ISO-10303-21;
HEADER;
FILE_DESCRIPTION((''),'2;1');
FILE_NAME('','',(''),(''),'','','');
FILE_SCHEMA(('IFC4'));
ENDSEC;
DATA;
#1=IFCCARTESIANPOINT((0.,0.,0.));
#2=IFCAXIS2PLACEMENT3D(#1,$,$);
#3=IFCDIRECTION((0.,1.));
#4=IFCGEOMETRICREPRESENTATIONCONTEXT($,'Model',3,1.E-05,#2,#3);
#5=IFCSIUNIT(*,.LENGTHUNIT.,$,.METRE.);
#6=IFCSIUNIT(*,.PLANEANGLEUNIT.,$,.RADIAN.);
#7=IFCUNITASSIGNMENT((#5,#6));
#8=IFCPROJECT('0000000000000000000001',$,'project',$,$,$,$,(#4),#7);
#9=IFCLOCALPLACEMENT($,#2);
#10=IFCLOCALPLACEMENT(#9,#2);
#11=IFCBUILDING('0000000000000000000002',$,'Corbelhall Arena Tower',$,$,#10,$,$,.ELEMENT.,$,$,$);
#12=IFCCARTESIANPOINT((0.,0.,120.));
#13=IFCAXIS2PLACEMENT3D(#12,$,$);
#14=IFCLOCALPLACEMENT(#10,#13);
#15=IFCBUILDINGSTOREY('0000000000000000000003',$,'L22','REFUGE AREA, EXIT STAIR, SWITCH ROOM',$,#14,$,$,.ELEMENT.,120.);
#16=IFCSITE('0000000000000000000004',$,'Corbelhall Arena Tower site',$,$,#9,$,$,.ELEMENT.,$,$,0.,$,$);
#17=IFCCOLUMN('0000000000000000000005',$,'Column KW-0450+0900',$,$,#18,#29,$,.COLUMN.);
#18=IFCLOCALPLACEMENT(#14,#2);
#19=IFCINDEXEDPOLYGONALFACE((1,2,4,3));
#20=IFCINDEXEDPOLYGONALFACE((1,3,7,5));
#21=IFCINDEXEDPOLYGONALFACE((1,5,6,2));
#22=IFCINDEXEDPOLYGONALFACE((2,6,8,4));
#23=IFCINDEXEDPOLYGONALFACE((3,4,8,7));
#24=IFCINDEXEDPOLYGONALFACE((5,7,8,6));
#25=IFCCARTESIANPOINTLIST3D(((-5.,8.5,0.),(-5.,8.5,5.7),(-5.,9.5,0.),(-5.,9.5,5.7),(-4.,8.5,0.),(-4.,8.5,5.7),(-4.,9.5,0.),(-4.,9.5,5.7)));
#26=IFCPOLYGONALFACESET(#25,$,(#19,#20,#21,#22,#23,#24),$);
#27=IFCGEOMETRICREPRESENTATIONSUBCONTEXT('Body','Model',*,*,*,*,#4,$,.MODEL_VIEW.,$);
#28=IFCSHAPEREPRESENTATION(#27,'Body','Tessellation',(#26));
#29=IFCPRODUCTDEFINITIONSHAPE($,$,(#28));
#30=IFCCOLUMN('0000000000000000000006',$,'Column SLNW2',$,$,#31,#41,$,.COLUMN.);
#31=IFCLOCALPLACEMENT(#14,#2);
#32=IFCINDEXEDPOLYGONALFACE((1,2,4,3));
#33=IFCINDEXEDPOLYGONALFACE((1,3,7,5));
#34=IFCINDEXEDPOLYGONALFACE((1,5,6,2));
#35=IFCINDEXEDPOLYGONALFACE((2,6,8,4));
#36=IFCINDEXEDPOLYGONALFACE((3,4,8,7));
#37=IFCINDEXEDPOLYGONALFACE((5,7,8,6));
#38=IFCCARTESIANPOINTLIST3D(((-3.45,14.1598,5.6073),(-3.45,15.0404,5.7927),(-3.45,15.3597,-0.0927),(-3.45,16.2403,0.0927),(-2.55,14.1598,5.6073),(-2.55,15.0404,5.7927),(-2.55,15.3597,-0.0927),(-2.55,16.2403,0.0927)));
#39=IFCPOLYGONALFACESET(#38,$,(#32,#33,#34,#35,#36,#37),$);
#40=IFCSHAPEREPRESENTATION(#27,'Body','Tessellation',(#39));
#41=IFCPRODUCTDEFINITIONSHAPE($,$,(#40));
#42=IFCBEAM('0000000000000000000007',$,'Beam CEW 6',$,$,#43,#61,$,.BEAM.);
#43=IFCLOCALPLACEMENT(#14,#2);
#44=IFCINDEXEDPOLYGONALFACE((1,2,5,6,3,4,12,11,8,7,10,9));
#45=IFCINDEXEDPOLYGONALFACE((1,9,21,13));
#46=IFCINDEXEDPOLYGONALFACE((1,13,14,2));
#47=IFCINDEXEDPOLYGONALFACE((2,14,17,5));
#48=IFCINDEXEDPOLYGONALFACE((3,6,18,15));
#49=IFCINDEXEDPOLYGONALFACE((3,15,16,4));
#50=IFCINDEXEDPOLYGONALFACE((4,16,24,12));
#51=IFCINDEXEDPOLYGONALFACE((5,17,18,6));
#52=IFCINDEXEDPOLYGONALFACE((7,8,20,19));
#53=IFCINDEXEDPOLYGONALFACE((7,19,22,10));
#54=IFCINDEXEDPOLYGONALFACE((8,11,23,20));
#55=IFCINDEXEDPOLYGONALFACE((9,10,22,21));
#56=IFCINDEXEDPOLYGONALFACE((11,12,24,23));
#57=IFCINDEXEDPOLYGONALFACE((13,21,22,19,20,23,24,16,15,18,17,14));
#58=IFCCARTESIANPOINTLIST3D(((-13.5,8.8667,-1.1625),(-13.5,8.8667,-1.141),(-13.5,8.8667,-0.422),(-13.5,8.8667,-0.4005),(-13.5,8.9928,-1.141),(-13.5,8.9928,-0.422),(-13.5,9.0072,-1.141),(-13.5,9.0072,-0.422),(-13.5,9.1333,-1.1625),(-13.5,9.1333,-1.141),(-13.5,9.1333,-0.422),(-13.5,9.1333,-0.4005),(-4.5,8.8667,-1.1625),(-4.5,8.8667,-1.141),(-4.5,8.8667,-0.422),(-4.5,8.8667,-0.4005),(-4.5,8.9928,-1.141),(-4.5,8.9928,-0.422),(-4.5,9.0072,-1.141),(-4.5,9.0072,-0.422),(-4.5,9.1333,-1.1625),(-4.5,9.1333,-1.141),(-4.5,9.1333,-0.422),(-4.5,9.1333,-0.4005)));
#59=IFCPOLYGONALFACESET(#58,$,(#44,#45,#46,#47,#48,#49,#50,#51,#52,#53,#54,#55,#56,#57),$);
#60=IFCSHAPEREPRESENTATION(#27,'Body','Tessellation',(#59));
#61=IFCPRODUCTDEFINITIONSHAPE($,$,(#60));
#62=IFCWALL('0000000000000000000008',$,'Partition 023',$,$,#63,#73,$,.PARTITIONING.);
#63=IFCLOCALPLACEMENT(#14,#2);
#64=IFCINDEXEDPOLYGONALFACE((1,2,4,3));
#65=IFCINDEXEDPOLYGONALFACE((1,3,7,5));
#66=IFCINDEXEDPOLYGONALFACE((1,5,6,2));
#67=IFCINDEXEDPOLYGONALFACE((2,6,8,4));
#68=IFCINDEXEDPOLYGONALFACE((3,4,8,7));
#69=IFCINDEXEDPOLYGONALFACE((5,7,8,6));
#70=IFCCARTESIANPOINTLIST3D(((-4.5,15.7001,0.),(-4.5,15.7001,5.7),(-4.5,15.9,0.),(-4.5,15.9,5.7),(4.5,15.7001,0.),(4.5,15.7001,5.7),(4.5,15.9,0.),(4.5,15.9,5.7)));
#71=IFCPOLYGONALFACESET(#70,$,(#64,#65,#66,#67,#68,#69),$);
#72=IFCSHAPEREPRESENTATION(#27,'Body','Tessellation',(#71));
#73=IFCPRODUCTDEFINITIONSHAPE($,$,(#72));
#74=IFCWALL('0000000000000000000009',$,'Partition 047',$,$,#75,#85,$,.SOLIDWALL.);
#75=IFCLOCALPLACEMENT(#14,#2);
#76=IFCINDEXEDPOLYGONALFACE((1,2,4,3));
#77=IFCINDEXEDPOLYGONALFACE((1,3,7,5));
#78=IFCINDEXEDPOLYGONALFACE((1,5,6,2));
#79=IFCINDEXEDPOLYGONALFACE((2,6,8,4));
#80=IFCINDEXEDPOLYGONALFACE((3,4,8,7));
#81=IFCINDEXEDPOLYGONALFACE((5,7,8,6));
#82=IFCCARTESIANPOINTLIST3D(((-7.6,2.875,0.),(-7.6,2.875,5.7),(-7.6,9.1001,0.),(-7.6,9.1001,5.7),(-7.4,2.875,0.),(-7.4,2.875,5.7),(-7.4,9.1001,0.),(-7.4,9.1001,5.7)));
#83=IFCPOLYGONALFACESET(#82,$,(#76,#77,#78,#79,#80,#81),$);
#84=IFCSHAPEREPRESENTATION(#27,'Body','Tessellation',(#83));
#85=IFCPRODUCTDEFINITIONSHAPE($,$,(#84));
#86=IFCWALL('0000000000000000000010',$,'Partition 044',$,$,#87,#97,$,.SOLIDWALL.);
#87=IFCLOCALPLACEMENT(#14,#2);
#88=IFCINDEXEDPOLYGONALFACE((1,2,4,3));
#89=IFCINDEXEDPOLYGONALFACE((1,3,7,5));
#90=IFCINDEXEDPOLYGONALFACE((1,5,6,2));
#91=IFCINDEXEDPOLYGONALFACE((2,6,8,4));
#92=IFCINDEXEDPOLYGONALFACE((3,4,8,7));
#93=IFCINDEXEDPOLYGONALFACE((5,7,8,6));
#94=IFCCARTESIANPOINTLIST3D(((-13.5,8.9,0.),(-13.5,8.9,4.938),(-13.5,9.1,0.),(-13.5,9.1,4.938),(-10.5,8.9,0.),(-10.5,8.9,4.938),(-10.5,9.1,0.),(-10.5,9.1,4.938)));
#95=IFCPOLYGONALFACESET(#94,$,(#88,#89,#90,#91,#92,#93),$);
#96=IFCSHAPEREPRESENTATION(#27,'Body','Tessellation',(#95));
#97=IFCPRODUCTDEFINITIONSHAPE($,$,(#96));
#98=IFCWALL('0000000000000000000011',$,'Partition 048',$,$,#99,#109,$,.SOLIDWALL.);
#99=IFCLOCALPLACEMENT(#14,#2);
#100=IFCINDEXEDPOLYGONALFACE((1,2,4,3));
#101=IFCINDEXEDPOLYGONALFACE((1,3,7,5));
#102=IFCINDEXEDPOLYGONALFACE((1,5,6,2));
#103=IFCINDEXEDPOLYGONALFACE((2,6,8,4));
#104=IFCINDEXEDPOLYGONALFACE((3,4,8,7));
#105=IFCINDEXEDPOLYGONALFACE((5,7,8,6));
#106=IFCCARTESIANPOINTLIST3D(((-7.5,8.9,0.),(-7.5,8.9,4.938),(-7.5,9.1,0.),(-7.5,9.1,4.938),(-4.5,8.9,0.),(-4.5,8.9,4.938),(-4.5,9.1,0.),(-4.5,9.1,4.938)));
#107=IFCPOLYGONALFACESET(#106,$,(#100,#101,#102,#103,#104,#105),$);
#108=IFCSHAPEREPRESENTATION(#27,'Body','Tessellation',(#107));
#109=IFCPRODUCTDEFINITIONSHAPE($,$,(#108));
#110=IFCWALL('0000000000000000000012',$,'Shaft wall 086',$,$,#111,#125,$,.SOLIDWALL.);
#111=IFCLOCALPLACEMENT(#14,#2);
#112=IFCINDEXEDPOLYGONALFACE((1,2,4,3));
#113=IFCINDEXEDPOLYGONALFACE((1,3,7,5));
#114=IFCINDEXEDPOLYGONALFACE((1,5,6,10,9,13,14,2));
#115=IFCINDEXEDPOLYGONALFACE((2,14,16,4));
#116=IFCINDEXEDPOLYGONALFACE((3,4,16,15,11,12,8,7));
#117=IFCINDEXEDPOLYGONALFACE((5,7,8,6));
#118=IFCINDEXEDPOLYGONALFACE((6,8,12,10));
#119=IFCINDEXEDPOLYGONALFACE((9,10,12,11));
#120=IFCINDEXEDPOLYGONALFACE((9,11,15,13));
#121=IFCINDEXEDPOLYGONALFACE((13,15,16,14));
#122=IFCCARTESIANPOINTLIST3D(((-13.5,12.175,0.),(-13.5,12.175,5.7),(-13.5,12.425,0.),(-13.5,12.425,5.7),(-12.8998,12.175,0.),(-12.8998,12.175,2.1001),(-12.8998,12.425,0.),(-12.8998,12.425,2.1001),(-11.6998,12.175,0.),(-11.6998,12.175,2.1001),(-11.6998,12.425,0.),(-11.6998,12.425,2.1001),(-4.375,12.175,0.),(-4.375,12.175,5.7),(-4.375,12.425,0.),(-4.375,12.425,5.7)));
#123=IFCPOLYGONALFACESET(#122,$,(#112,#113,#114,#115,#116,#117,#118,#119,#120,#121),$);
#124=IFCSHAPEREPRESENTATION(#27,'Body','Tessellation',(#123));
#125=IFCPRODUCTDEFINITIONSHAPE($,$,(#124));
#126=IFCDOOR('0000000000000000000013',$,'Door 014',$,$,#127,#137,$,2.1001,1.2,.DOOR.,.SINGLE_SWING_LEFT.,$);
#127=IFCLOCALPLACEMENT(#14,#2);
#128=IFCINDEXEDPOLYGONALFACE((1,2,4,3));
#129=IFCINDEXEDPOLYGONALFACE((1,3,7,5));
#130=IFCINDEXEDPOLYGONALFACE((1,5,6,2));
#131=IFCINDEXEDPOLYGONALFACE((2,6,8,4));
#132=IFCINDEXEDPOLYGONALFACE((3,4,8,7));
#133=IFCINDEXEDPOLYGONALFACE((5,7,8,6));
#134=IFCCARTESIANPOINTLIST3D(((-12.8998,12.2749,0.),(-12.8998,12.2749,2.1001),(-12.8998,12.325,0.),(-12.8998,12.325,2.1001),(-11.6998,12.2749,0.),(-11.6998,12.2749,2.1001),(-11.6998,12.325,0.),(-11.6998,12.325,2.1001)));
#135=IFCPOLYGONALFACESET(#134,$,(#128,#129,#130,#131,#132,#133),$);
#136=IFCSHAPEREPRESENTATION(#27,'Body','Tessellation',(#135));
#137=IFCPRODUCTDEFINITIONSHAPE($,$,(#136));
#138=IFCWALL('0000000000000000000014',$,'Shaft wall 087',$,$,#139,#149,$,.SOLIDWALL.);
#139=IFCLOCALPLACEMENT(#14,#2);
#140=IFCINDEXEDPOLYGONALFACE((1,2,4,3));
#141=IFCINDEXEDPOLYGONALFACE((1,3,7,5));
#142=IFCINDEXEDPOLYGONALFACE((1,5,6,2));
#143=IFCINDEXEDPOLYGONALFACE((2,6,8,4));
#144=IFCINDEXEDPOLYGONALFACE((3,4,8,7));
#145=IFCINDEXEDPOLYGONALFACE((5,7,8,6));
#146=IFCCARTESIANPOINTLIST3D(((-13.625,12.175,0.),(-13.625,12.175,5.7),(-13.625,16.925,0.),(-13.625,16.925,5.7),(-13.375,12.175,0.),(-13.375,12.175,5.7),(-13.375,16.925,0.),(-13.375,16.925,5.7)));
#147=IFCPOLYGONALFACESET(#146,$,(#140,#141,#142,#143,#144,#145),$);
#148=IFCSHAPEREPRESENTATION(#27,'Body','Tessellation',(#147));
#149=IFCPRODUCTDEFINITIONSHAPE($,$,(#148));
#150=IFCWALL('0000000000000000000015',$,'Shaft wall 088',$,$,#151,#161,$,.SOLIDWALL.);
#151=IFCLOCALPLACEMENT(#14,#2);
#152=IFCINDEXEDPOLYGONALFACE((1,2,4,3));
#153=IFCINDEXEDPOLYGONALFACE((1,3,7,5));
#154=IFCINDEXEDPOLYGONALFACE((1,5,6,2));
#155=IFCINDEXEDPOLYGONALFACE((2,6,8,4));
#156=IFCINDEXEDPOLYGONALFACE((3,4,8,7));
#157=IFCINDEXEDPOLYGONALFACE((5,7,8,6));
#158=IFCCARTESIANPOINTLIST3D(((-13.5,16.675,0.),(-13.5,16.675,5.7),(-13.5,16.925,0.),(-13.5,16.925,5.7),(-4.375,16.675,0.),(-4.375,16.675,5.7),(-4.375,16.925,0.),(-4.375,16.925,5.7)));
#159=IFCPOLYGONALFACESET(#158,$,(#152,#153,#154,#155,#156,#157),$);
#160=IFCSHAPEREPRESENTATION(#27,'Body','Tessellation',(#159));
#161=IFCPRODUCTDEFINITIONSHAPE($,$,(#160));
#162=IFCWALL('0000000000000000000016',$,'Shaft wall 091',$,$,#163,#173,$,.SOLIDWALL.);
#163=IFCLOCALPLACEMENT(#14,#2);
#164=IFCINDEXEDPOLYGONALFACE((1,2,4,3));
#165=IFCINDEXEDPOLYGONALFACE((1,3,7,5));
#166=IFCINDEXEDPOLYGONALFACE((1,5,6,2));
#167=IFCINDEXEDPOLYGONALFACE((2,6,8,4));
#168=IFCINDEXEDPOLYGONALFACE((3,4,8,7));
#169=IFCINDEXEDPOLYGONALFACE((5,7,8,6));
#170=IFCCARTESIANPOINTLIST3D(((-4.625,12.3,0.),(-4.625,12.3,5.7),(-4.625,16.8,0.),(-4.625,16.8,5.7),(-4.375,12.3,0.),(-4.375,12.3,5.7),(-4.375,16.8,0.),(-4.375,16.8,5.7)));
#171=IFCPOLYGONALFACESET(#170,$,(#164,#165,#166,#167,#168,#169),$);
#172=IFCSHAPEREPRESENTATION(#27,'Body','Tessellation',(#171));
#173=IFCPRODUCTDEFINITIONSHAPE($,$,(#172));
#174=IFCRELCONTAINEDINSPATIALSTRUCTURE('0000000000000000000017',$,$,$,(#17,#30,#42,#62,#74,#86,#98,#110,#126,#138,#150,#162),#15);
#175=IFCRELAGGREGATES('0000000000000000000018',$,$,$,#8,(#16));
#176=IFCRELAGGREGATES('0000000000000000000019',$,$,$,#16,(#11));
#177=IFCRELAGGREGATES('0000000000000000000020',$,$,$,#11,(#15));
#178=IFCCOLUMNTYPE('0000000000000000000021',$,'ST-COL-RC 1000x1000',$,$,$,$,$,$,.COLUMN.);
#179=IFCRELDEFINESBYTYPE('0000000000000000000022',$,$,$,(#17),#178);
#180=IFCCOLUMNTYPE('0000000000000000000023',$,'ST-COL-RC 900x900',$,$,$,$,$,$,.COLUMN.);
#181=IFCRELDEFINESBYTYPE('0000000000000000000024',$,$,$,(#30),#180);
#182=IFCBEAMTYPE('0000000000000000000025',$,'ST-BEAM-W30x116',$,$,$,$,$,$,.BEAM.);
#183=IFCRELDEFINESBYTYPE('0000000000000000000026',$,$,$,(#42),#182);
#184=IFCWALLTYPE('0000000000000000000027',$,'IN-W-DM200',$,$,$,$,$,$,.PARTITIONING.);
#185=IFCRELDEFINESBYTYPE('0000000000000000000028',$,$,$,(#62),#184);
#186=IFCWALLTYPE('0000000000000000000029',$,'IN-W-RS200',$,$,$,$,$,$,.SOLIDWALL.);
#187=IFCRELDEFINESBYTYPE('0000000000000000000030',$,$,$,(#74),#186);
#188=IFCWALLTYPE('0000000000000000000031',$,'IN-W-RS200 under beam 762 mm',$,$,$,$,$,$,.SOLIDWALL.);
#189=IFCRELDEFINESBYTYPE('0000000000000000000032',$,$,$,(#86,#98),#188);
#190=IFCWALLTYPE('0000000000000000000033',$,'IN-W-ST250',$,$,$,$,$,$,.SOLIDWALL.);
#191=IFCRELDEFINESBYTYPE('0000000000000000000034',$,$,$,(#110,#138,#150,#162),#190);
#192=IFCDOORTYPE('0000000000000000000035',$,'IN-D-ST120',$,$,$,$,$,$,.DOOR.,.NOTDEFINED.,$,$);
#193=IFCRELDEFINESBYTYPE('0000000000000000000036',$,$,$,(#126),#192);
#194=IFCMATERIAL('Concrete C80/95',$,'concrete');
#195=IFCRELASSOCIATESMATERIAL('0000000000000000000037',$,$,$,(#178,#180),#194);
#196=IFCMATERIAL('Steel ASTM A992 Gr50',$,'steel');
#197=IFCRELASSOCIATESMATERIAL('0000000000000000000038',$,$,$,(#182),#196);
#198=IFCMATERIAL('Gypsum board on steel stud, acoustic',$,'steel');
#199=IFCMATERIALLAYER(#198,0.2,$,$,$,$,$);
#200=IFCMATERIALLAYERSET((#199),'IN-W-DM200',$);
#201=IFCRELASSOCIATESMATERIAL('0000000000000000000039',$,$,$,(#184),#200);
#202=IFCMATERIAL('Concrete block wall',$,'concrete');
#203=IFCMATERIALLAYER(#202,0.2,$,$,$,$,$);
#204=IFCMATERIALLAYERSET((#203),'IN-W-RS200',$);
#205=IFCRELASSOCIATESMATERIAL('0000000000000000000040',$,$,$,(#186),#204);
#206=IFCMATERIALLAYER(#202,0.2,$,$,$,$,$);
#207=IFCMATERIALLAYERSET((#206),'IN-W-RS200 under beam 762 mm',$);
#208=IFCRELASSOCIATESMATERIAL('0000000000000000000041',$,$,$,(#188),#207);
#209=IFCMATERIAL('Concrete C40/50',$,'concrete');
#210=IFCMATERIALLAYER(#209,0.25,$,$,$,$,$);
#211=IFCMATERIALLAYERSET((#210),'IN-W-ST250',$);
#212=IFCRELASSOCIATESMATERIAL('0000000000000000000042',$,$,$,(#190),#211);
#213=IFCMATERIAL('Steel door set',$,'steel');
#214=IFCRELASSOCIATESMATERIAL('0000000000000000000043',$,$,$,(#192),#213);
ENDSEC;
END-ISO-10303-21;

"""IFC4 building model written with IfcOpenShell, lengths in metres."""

from ifc_helpers import new_model, si_unit, direction, frame, frame_2d, origin, origin_2d, place, context, subcontext, project, spatial, rectangle, i_section, extrude, material, layer, layer_set, material_profile, profile_set, type_object, element, fill, save


model = new_model("IFC4")

# Units and contexts
model_context = context("Model", 3, precision=1e-05, world=origin(), true_north=direction((0.0, 1.0)))
body_context = subcontext(model_context, "Body", "Model", "MODEL_VIEW")
ifc_project = project(units=[si_unit("LENGTHUNIT", "METRE"), si_unit("PLANEANGLEUNIT", "RADIAN")], contexts=[model_context])

# Site, building, storey
site_placement = place(None, origin())
site = spatial("IfcSite", under=ifc_project, at=site_placement, Name="Corbelhall Arena Tower site", CompositionType="ELEMENT", RefElevation=0.0)
building_placement = place(site_placement, origin())
building = spatial("IfcBuilding", under=site, at=building_placement, Name="Corbelhall Arena Tower", CompositionType="ELEMENT")
storey_placement = place(building_placement, frame((0.0, 0.0, 120.0)))
storey = spatial("IfcBuildingStorey", under=building, at=storey_placement, Name="L22", Description="REFUGE AREA, EXIT STAIR, SWITCH ROOM", CompositionType="ELEMENT", Elevation=120.0)

# Columns
ifc_material_1 = material(Name="Concrete C80/95", Category="concrete")
ifc_material_profile_1 = material_profile(ifc_material_1, rectangle(XDim=1.0, YDim=1.0, at=origin_2d()))
ifc_profile_set_1 = profile_set([ifc_material_profile_1], Name="Concrete C80/95")
column_type_1 = type_object("IfcColumnType", Name="ST-COL-RC 1000x1000", PredefinedType="COLUMN", material=ifc_profile_set_1)
column_1_placement = place(storey_placement, frame((-4.5, 9.0, 0.0), z_axis=(0.0, 0.0, 1.0), x_axis=(1.0, 0.0, 0.0)))
element("IfcColumn", 1, at=column_1_placement, inside=storey, type_object=column_type_1, Name="Column KW-0450+0900", PredefinedType="COLUMN", context=body_context, shape_type="SweptSolid", body=[
    extrude(rectangle(XDim=1.0, YDim=1.0, at=origin_2d()), origin(), (0.0, 0.0, 1.0), 5.7),
])
ifc_material_profile_2 = material_profile(ifc_material_1, rectangle(XDim=0.8999, YDim=0.8999, at=origin_2d()))
ifc_profile_set_2 = profile_set([ifc_material_profile_2], Name="Concrete C80/95")
column_type_2 = type_object("IfcColumnType", Name="ST-COL-RC 900x900", PredefinedType="COLUMN", material=ifc_profile_set_2)
column_2_placement = place(storey_placement, frame((-3.0, 15.8, 0.0), z_axis=(0.0, -0.206004, 0.978551), x_axis=(1.0, 0.0, 0.0)))
element("IfcColumn", 2, at=column_2_placement, inside=storey, type_object=column_type_2, Name="Column SLNW2", PredefinedType="COLUMN", context=body_context, shape_type="SweptSolid", body=[
    extrude(rectangle(XDim=0.8999, YDim=0.8999, at=origin_2d()), origin(), (0.0, 0.0, 1.0), 5.825),
])

# Beam
ifc_material_2 = material(Name="Steel ASTM A992 Gr50", Category="steel")
ifc_material_profile_3 = material_profile(ifc_material_2, i_section(OverallWidth=0.2666, OverallDepth=0.762, WebThickness=0.0144, FlangeThickness=0.0215, at=origin_2d()))
ifc_profile_set_3 = profile_set([ifc_material_profile_3], Name="Steel ASTM A992 Gr50")
beam_type = type_object("IfcBeamType", Name="ST-BEAM-W30x116", PredefinedType="BEAM", material=ifc_profile_set_3)
beam_placement = place(storey_placement, frame((-13.5, 9.0, -0.7815), z_axis=(1.0, 0.0, 0.0), x_axis=(0.0, 1.0, 0.0)))
element("IfcBeam", 3, at=beam_placement, inside=storey, type_object=beam_type, Name="Beam CEW 6", PredefinedType="BEAM", context=body_context, shape_type="SweptSolid", body=[
    extrude(i_section(OverallWidth=0.2666, OverallDepth=0.762, WebThickness=0.0144, FlangeThickness=0.0215, at=origin_2d()), origin(), (0.0, 0.0, 1.0), 9.0),
])

# Shared definitions
ifc_material_3 = material(Name="Gypsum board on steel stud, acoustic", Category="steel")
ifc_layer_1 = layer(ifc_material_3, 0.2)
ifc_layer_set_1 = layer_set([ifc_layer_1], Name="IN-W-DM200")
wall_type_1 = type_object("IfcWallType", Name="IN-W-DM200", PredefinedType="PARTITIONING", material=ifc_layer_set_1)
ifc_material_4 = material(Name="Steel door set", Category="steel")

# Wall
wall_1_placement = place(storey_placement, frame((-4.5, 15.8, 0.0), z_axis=(0.0, 0.0, 1.0), x_axis=(1.0, 0.0, 0.0)))
element("IfcWall", 4, at=wall_1_placement, inside=storey, type_object=wall_type_1, Name="Partition 023", PredefinedType="PARTITIONING", context=body_context, shape_type="SweptSolid", body=[
    extrude(rectangle(XDim=9.0, YDim=0.2, at=frame_2d((4.5, 0.0))), origin(), (0.0, 0.0, 1.0), 5.7),
])

# Shared definitions
ifc_material_5 = material(Name="Concrete block wall", Category="concrete")
ifc_layer_2 = layer(ifc_material_5, 0.2)
ifc_layer_set_2 = layer_set([ifc_layer_2], Name="IN-W-RS200")
wall_type_2 = type_object("IfcWallType", Name="IN-W-RS200", PredefinedType="SOLIDWALL", material=ifc_layer_set_2)

# Walls
wall_2_placement = place(storey_placement, frame((-7.5, 2.875, 0.0), z_axis=(0.0, 0.0, 1.0), x_axis=(0.0, 1.0, 0.0)))
element("IfcWall", 5, at=wall_2_placement, inside=storey, type_object=wall_type_2, Name="Partition 047", PredefinedType="SOLIDWALL", context=body_context, shape_type="SweptSolid", body=[
    extrude(rectangle(XDim=6.2251, YDim=0.2, at=frame_2d((3.1125, 0.0))), origin(), (0.0, 0.0, 1.0), 5.7),
])
ifc_layer_3 = layer(ifc_material_5, 0.2)
ifc_layer_set_3 = layer_set([ifc_layer_3], Name="IN-W-RS200 under beam 762 mm")
wall_type_3 = type_object("IfcWallType", Name="IN-W-RS200 under beam 762 mm", PredefinedType="SOLIDWALL", material=ifc_layer_set_3)
for number, where, z_axis, x_axis, name in (
    (6, (-13.5, 9.0, 0.0), (0.0, 0.0, 1.0), (1.0, 0.0, 0.0), "Partition 044"),
    (7, (-7.5, 9.0, 0.0), (0.0, 0.0, 1.0), (1.0, 0.0, 0.0), "Partition 048"),
):
    element("IfcWall", number, at=place(storey_placement, frame(where, z_axis=z_axis, x_axis=x_axis)), inside=storey, type_object=wall_type_3, Name=name, PredefinedType="SOLIDWALL", context=body_context, shape_type="SweptSolid", body=[
        extrude(rectangle(XDim=3.0, YDim=0.2, at=frame_2d((1.5, 0.0))), origin(), (0.0, 0.0, 1.0), 4.938),
    ])

# Wall, opening, door
ifc_material_6 = material(Name="Concrete C40/50", Category="concrete")
ifc_layer_4 = layer(ifc_material_6, 0.25)
ifc_layer_set_4 = layer_set([ifc_layer_4], Name="IN-W-ST250")
wall_type_4 = type_object("IfcWallType", Name="IN-W-ST250", PredefinedType="SOLIDWALL", material=ifc_layer_set_4)
wall_3_placement = place(storey_placement, frame((-13.5, 12.3, 0.0), z_axis=(0.0, 0.0, 1.0), x_axis=(1.0, 0.0, 0.0)))
wall_3 = element("IfcWall", 8, at=wall_3_placement, inside=storey, type_object=wall_type_4, Name="Shaft wall 086", PredefinedType="SOLIDWALL", context=body_context, shape_type="SweptSolid", body=[
    extrude(rectangle(XDim=9.125, YDim=0.25, at=frame_2d((4.5625, 0.0))), origin(), (0.0, 0.0, 1.0), 5.7),
])
opening_1_placement = place(wall_3_placement, frame((0.6001, 0.0, 0.0)))
opening_1 = element("IfcOpeningElement", 9, at=opening_1_placement, cuts=wall_3, PredefinedType="OPENING", context=body_context, shape_type="SweptSolid", body=[
    extrude(rectangle(XDim=1.2, YDim=2.1001, at=frame_2d((0.6001, 1.05))), frame((0.0, 0.125, 0.0), z_axis=(0.0, -1.0, 0.0), x_axis=(1.0, 0.0, 0.0)), (0.0, 0.0, 1.0), 0.25),
])
door_type_1 = type_object("IfcDoorType", Name="IN-D-ST120", OperationType="NOTDEFINED", PredefinedType="DOOR", material=ifc_material_4)
door_1_placement = place(opening_1_placement, origin())
door_1 = element("IfcDoor", 10, at=door_1_placement, inside=storey, type_object=door_type_1, Name="Door 014", OperationType="SINGLE_SWING_LEFT", OverallHeight=2.1001, OverallWidth=1.2, PredefinedType="DOOR", context=body_context, shape_type="SweptSolid", body=[
    extrude(rectangle(XDim=1.2, YDim=2.1001, at=frame_2d((0.6001, 1.05))), frame((0.0, 0.0249, 0.0), z_axis=(0.0, -1.0, 0.0), x_axis=(1.0, 0.0, 0.0)), (0.0, 0.0, 1.0), 0.05),
])
fill(opening_1, door_1)

# Walls
wall_4_placement = place(storey_placement, frame((-13.5, 12.175, 0.0), z_axis=(0.0, 0.0, 1.0), x_axis=(0.0, 1.0, 0.0)))
element("IfcWall", 11, at=wall_4_placement, inside=storey, type_object=wall_type_4, Name="Shaft wall 087", PredefinedType="SOLIDWALL", context=body_context, shape_type="SweptSolid", body=[
    extrude(rectangle(XDim=4.75, YDim=0.25, at=frame_2d((2.375, 0.0))), origin(), (0.0, 0.0, 1.0), 5.7),
])
wall_5_placement = place(storey_placement, frame((-13.5, 16.8, 0.0), z_axis=(0.0, 0.0, 1.0), x_axis=(1.0, 0.0, 0.0)))
element("IfcWall", 12, at=wall_5_placement, inside=storey, type_object=wall_type_4, Name="Shaft wall 088", PredefinedType="SOLIDWALL", context=body_context, shape_type="SweptSolid", body=[
    extrude(rectangle(XDim=9.125, YDim=0.25, at=frame_2d((4.5625, 0.0))), origin(), (0.0, 0.0, 1.0), 5.7),
])
wall_6_placement = place(storey_placement, frame((-4.5, 16.8, 0.0), z_axis=(0.0, 0.0, 1.0), x_axis=(0.0, -1.0, 0.0)))
element("IfcWall", 13, at=wall_6_placement, inside=storey, type_object=wall_type_4, Name="Shaft wall 091", PredefinedType="SOLIDWALL", context=body_context, shape_type="SweptSolid", body=[
    extrude(rectangle(XDim=4.5, YDim=0.25, at=frame_2d((2.25, 0.0))), origin(), (0.0, 0.0, 1.0), 5.7),
])

save(model, "model.ifc")
